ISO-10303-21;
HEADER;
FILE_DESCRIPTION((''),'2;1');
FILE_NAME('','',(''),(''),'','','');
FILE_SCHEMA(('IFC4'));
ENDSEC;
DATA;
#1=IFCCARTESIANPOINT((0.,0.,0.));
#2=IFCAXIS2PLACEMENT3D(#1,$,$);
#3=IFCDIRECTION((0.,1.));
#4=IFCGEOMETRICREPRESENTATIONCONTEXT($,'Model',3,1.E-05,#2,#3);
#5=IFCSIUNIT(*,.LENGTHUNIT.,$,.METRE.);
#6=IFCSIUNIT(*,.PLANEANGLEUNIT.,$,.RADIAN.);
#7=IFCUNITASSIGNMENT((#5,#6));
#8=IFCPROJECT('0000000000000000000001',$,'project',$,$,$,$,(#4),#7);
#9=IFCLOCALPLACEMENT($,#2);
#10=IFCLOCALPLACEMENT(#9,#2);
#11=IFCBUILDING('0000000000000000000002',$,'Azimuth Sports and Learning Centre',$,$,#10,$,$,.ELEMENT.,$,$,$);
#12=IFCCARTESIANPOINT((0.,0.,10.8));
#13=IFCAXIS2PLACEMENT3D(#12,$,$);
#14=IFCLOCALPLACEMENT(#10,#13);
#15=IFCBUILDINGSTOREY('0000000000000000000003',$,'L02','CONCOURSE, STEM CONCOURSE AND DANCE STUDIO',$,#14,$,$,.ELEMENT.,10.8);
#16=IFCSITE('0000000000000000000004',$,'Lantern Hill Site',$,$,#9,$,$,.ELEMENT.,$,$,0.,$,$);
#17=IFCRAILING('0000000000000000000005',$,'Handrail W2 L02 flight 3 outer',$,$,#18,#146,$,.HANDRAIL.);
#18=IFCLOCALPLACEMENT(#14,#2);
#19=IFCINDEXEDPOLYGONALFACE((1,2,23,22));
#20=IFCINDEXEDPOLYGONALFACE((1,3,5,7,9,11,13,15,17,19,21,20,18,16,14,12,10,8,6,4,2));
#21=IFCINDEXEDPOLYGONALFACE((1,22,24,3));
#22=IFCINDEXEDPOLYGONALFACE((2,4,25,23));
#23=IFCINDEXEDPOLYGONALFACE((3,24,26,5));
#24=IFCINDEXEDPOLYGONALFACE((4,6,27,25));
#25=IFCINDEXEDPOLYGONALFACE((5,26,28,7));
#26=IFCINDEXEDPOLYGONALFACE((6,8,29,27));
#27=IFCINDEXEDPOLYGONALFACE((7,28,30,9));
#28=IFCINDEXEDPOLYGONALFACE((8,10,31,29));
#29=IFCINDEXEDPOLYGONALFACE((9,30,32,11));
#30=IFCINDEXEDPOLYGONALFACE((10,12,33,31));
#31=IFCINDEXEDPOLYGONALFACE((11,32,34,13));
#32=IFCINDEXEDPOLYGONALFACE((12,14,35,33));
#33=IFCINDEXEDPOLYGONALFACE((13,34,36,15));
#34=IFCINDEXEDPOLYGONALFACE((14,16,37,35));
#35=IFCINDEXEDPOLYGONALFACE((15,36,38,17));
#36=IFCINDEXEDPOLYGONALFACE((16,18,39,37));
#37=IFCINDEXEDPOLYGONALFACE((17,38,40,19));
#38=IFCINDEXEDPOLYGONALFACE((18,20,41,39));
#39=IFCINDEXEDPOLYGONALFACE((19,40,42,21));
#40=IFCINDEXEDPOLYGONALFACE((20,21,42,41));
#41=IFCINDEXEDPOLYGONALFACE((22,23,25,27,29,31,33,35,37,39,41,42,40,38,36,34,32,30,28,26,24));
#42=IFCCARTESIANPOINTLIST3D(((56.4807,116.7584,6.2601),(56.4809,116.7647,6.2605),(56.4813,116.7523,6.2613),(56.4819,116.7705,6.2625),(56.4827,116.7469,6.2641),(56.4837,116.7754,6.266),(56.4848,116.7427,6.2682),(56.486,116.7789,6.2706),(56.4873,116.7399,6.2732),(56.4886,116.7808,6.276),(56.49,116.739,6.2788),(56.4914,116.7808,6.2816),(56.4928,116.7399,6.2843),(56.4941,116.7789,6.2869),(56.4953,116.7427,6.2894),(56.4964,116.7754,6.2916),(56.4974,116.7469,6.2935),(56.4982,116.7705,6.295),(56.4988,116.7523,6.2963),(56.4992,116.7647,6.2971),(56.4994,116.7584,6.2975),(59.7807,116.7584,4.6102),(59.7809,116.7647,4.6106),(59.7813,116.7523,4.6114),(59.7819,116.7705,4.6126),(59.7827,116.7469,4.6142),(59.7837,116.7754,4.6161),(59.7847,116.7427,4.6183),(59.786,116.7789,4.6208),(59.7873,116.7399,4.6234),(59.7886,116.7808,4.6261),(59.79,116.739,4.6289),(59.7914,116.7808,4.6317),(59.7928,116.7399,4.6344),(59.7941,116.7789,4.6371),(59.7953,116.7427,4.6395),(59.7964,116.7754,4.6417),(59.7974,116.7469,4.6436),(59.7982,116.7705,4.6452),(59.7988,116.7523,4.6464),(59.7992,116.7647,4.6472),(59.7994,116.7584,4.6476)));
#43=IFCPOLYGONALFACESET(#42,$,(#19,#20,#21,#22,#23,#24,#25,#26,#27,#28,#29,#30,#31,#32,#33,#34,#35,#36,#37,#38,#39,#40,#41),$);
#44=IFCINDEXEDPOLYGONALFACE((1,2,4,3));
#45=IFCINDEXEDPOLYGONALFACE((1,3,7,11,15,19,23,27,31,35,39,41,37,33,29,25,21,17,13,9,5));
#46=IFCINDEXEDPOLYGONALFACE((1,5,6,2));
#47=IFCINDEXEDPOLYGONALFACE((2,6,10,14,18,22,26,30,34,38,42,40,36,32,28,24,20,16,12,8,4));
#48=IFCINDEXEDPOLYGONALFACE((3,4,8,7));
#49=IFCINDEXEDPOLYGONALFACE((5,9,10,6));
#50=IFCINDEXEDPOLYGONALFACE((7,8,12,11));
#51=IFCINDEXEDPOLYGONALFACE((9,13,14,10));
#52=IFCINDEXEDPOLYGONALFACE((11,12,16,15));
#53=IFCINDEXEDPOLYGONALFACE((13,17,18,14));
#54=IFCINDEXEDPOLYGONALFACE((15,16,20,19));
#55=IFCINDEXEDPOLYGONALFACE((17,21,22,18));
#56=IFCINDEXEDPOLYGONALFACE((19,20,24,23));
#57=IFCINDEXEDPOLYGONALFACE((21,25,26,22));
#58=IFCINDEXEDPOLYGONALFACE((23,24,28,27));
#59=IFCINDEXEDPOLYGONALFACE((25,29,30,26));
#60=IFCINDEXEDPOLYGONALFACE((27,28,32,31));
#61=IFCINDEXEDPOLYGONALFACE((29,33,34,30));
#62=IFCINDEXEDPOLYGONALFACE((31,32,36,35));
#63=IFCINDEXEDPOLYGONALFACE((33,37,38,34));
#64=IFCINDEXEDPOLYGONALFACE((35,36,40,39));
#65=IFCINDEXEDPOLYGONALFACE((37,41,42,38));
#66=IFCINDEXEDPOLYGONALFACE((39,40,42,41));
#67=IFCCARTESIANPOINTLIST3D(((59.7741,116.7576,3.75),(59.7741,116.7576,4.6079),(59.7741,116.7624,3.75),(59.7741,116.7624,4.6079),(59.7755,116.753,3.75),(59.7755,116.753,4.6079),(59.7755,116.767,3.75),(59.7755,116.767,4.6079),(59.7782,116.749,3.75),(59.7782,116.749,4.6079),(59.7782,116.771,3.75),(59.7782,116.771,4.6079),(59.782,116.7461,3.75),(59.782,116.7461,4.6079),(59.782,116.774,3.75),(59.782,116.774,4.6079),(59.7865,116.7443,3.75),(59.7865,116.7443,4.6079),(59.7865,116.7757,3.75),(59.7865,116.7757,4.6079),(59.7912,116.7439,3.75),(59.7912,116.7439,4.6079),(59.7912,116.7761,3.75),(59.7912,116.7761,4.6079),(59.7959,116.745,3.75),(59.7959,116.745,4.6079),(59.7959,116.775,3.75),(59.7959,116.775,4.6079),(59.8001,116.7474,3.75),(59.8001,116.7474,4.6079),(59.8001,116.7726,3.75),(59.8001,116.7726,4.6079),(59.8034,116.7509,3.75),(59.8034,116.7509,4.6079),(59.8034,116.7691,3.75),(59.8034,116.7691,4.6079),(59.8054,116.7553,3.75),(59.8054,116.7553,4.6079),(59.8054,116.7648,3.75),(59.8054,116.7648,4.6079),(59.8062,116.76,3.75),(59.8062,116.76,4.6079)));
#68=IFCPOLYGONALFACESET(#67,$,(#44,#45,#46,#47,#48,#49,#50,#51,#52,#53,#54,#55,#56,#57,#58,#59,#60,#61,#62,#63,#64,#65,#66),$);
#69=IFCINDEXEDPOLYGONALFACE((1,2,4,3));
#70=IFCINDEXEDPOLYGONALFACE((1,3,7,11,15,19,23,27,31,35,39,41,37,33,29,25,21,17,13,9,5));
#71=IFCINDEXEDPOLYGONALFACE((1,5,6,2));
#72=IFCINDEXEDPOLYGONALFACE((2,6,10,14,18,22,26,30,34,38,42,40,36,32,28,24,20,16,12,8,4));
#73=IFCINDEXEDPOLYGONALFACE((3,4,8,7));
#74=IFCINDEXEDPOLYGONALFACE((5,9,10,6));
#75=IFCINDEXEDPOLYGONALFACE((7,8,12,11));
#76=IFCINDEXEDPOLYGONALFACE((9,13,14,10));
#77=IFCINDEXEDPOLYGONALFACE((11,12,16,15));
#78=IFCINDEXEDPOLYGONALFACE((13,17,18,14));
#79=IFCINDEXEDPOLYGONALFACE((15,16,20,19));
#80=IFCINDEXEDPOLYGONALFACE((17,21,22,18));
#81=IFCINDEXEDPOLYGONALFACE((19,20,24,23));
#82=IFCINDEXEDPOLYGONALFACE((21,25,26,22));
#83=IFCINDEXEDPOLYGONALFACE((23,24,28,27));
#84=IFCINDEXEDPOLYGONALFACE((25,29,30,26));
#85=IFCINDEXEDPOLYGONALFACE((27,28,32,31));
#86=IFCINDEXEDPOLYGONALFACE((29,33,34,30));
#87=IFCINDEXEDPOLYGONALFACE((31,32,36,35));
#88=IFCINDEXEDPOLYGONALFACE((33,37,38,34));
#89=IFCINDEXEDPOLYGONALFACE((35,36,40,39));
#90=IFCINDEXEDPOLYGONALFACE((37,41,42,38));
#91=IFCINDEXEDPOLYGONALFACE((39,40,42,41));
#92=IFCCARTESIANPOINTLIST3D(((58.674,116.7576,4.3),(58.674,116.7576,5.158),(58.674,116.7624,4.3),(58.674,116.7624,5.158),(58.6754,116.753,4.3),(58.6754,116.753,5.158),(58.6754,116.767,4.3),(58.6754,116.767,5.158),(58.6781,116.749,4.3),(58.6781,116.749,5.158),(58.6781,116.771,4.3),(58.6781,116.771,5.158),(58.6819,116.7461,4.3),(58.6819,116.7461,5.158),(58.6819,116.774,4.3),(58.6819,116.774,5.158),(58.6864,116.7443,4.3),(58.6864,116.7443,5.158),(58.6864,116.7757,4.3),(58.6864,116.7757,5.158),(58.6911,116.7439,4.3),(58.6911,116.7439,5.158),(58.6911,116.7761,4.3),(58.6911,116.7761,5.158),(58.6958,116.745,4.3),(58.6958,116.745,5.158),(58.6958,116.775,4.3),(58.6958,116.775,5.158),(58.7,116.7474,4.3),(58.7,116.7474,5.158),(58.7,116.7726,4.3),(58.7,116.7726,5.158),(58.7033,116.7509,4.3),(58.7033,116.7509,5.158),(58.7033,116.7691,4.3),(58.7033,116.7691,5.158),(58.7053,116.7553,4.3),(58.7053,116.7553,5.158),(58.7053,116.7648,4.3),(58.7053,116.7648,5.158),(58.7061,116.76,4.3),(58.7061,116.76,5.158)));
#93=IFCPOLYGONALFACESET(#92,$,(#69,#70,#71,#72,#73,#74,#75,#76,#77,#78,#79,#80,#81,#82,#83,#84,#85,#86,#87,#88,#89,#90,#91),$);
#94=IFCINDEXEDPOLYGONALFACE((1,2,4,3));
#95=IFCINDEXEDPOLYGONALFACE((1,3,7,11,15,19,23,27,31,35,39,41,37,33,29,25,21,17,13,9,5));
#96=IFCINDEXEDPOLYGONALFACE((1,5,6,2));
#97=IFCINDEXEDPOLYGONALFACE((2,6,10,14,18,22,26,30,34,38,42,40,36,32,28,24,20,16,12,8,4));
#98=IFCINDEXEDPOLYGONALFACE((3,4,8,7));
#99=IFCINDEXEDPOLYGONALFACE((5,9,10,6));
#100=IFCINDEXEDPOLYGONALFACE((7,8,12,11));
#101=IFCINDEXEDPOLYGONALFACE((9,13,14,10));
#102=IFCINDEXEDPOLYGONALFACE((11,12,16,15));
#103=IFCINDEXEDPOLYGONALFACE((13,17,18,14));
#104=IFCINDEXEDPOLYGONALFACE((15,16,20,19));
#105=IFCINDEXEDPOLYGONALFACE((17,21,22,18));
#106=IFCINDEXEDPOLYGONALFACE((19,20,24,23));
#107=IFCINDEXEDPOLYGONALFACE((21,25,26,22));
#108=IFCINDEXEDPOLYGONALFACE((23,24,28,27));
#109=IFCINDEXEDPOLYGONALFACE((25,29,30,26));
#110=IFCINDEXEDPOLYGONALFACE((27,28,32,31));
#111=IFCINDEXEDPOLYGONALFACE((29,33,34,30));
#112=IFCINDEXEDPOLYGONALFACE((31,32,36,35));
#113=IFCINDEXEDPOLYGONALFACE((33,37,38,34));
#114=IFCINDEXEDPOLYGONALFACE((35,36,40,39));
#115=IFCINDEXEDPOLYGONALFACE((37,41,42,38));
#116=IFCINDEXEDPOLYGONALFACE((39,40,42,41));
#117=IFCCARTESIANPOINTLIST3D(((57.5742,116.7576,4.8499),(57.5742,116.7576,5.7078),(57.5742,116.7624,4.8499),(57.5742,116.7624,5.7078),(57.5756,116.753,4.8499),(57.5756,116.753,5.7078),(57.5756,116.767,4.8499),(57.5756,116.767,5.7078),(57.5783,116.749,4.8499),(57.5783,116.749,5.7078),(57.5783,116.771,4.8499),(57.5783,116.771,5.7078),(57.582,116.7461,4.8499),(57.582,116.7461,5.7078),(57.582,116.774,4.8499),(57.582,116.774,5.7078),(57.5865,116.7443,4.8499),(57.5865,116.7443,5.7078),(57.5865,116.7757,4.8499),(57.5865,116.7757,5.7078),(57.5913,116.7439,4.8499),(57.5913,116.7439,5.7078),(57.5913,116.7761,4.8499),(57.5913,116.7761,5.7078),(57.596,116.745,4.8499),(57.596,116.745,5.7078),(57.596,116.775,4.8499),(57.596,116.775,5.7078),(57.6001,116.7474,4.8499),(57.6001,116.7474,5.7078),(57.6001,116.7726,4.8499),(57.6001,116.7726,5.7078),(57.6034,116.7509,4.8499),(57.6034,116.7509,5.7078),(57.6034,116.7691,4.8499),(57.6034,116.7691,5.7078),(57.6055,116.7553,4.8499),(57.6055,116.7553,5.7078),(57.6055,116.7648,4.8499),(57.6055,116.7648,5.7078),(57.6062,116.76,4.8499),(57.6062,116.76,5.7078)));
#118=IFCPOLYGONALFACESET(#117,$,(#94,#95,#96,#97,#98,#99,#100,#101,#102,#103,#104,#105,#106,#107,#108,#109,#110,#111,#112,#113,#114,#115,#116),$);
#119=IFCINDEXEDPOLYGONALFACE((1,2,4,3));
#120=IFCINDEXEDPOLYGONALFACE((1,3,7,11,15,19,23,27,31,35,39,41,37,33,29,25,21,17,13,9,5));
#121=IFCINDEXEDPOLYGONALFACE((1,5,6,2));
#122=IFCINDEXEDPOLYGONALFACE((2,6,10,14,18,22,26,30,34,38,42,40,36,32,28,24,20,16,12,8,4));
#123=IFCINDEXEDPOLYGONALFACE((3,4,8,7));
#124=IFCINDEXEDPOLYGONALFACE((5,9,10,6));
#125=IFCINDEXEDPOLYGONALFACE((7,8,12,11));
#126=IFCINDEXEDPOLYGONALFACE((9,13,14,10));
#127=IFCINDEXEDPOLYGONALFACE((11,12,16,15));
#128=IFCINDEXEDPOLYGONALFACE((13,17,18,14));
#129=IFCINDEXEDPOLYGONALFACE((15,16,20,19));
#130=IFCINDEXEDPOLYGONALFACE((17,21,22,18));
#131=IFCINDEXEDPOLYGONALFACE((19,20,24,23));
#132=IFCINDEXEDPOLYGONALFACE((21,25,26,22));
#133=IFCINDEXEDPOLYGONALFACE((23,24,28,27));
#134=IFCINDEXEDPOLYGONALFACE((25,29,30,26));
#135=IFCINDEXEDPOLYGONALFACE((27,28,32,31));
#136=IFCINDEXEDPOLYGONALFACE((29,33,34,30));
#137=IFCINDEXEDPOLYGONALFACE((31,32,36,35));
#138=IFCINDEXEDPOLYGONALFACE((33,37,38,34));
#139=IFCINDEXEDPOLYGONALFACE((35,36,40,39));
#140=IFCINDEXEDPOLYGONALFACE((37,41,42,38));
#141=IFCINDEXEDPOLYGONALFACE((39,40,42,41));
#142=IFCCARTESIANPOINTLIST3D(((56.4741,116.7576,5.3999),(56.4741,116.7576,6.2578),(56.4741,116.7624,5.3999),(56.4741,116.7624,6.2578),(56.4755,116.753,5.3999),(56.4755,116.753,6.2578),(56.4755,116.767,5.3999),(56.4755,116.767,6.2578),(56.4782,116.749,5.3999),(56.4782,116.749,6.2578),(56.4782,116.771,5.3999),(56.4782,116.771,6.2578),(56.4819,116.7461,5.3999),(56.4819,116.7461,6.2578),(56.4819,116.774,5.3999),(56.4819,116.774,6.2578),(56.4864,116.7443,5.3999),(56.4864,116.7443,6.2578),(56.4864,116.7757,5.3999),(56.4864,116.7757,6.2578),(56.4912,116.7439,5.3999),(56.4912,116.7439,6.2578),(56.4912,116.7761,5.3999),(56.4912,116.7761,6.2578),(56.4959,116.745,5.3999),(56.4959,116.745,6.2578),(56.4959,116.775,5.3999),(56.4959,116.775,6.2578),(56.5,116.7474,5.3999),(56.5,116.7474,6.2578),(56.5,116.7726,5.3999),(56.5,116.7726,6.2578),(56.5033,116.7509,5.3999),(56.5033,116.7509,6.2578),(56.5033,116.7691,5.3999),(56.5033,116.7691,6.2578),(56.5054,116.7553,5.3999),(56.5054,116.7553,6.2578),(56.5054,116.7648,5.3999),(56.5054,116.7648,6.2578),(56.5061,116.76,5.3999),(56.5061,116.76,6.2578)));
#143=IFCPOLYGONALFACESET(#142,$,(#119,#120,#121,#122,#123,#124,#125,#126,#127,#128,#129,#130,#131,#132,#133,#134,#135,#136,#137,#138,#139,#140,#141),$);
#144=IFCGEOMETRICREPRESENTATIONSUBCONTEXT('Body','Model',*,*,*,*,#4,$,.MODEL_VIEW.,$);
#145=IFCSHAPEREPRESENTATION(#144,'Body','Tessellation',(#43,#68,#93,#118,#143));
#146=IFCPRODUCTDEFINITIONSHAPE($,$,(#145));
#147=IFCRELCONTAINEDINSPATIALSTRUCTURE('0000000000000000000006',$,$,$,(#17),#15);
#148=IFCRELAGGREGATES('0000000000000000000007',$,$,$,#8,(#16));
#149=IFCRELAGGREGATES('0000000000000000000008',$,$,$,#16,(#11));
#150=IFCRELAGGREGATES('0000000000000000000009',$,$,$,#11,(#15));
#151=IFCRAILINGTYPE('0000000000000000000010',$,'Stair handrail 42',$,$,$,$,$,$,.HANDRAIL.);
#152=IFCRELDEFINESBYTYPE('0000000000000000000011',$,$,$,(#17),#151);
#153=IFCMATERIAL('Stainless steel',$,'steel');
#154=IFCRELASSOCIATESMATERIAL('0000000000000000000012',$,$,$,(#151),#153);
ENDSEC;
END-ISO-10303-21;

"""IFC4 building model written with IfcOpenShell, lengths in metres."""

from ifc_helpers import new_model, si_unit, direction, frame, origin, origin_2d, place, context, subcontext, project, spatial, circle, extrude, material, type_object, element, save


model = new_model("IFC4")

# Units and contexts
model_context = context("Model", 3, precision=1e-05, world=origin(), true_north=direction((0.0, 1.0)))
body_context = subcontext(model_context, "Body", "Model", "MODEL_VIEW")
ifc_project = project(units=[si_unit("LENGTHUNIT", "METRE"), si_unit("PLANEANGLEUNIT", "RADIAN")], contexts=[model_context])

# Site, building, storey
site_placement = place(None, origin())
site = spatial("IfcSite", under=ifc_project, at=site_placement, Name="Lantern Hill Site", CompositionType="ELEMENT", RefElevation=0.0)
building_placement = place(site_placement, origin())
building = spatial("IfcBuilding", under=site, at=building_placement, Name="Azimuth Sports and Learning Centre", CompositionType="ELEMENT")
storey_placement = place(building_placement, frame((0.0, 0.0, 10.8)))
storey = spatial("IfcBuildingStorey", under=building, at=storey_placement, Name="L02", Description="CONCOURSE, STEM CONCOURSE AND DANCE STUDIO", CompositionType="ELEMENT", Elevation=10.8)

# Railing
ifc_material_1 = material(Name="Stainless steel", Category="steel")
railing_type = type_object("IfcRailingType", Name="Stair handrail 42", PredefinedType="HANDRAIL", material=ifc_material_1)
for number, where, name in (
    (1, (59.79, 116.76, 3.75), "Handrail W2 L02 flight 3 outer"),
):
    element("IfcRailing", number, at=place(storey_placement, frame(where)), inside=storey, type_object=railing_type, Name=name, PredefinedType="HANDRAIL", context=body_context, shape_type="SweptSolid", body=[
        extrude(circle(Radius=0.021, at=origin_2d()), frame((0.0, 0.0, 0.8789), z_axis=(-0.89444, 0.0, 0.447187), x_axis=(0.0, -1.0, 0.0)), (0.0, 0.0, 1.0), 3.6895),
        extrude(circle(Radius=0.0161, at=origin_2d()), origin(), (0.0, 0.0, 1.0), 0.8579),
        extrude(circle(Radius=0.0161, at=origin_2d()), frame((-1.1001, 0.0, 0.55)), (0.0, 0.0, 1.0), 0.8579),
        extrude(circle(Radius=0.0161, at=origin_2d()), frame((-2.2, 0.0, 1.0999)), (0.0, 0.0, 1.0), 0.8579),
        extrude(circle(Radius=0.0161, at=origin_2d()), frame((-3.3, 0.0, 1.6499)), (0.0, 0.0, 1.0), 0.8579),
    ])

save(model, "model.ifc")
